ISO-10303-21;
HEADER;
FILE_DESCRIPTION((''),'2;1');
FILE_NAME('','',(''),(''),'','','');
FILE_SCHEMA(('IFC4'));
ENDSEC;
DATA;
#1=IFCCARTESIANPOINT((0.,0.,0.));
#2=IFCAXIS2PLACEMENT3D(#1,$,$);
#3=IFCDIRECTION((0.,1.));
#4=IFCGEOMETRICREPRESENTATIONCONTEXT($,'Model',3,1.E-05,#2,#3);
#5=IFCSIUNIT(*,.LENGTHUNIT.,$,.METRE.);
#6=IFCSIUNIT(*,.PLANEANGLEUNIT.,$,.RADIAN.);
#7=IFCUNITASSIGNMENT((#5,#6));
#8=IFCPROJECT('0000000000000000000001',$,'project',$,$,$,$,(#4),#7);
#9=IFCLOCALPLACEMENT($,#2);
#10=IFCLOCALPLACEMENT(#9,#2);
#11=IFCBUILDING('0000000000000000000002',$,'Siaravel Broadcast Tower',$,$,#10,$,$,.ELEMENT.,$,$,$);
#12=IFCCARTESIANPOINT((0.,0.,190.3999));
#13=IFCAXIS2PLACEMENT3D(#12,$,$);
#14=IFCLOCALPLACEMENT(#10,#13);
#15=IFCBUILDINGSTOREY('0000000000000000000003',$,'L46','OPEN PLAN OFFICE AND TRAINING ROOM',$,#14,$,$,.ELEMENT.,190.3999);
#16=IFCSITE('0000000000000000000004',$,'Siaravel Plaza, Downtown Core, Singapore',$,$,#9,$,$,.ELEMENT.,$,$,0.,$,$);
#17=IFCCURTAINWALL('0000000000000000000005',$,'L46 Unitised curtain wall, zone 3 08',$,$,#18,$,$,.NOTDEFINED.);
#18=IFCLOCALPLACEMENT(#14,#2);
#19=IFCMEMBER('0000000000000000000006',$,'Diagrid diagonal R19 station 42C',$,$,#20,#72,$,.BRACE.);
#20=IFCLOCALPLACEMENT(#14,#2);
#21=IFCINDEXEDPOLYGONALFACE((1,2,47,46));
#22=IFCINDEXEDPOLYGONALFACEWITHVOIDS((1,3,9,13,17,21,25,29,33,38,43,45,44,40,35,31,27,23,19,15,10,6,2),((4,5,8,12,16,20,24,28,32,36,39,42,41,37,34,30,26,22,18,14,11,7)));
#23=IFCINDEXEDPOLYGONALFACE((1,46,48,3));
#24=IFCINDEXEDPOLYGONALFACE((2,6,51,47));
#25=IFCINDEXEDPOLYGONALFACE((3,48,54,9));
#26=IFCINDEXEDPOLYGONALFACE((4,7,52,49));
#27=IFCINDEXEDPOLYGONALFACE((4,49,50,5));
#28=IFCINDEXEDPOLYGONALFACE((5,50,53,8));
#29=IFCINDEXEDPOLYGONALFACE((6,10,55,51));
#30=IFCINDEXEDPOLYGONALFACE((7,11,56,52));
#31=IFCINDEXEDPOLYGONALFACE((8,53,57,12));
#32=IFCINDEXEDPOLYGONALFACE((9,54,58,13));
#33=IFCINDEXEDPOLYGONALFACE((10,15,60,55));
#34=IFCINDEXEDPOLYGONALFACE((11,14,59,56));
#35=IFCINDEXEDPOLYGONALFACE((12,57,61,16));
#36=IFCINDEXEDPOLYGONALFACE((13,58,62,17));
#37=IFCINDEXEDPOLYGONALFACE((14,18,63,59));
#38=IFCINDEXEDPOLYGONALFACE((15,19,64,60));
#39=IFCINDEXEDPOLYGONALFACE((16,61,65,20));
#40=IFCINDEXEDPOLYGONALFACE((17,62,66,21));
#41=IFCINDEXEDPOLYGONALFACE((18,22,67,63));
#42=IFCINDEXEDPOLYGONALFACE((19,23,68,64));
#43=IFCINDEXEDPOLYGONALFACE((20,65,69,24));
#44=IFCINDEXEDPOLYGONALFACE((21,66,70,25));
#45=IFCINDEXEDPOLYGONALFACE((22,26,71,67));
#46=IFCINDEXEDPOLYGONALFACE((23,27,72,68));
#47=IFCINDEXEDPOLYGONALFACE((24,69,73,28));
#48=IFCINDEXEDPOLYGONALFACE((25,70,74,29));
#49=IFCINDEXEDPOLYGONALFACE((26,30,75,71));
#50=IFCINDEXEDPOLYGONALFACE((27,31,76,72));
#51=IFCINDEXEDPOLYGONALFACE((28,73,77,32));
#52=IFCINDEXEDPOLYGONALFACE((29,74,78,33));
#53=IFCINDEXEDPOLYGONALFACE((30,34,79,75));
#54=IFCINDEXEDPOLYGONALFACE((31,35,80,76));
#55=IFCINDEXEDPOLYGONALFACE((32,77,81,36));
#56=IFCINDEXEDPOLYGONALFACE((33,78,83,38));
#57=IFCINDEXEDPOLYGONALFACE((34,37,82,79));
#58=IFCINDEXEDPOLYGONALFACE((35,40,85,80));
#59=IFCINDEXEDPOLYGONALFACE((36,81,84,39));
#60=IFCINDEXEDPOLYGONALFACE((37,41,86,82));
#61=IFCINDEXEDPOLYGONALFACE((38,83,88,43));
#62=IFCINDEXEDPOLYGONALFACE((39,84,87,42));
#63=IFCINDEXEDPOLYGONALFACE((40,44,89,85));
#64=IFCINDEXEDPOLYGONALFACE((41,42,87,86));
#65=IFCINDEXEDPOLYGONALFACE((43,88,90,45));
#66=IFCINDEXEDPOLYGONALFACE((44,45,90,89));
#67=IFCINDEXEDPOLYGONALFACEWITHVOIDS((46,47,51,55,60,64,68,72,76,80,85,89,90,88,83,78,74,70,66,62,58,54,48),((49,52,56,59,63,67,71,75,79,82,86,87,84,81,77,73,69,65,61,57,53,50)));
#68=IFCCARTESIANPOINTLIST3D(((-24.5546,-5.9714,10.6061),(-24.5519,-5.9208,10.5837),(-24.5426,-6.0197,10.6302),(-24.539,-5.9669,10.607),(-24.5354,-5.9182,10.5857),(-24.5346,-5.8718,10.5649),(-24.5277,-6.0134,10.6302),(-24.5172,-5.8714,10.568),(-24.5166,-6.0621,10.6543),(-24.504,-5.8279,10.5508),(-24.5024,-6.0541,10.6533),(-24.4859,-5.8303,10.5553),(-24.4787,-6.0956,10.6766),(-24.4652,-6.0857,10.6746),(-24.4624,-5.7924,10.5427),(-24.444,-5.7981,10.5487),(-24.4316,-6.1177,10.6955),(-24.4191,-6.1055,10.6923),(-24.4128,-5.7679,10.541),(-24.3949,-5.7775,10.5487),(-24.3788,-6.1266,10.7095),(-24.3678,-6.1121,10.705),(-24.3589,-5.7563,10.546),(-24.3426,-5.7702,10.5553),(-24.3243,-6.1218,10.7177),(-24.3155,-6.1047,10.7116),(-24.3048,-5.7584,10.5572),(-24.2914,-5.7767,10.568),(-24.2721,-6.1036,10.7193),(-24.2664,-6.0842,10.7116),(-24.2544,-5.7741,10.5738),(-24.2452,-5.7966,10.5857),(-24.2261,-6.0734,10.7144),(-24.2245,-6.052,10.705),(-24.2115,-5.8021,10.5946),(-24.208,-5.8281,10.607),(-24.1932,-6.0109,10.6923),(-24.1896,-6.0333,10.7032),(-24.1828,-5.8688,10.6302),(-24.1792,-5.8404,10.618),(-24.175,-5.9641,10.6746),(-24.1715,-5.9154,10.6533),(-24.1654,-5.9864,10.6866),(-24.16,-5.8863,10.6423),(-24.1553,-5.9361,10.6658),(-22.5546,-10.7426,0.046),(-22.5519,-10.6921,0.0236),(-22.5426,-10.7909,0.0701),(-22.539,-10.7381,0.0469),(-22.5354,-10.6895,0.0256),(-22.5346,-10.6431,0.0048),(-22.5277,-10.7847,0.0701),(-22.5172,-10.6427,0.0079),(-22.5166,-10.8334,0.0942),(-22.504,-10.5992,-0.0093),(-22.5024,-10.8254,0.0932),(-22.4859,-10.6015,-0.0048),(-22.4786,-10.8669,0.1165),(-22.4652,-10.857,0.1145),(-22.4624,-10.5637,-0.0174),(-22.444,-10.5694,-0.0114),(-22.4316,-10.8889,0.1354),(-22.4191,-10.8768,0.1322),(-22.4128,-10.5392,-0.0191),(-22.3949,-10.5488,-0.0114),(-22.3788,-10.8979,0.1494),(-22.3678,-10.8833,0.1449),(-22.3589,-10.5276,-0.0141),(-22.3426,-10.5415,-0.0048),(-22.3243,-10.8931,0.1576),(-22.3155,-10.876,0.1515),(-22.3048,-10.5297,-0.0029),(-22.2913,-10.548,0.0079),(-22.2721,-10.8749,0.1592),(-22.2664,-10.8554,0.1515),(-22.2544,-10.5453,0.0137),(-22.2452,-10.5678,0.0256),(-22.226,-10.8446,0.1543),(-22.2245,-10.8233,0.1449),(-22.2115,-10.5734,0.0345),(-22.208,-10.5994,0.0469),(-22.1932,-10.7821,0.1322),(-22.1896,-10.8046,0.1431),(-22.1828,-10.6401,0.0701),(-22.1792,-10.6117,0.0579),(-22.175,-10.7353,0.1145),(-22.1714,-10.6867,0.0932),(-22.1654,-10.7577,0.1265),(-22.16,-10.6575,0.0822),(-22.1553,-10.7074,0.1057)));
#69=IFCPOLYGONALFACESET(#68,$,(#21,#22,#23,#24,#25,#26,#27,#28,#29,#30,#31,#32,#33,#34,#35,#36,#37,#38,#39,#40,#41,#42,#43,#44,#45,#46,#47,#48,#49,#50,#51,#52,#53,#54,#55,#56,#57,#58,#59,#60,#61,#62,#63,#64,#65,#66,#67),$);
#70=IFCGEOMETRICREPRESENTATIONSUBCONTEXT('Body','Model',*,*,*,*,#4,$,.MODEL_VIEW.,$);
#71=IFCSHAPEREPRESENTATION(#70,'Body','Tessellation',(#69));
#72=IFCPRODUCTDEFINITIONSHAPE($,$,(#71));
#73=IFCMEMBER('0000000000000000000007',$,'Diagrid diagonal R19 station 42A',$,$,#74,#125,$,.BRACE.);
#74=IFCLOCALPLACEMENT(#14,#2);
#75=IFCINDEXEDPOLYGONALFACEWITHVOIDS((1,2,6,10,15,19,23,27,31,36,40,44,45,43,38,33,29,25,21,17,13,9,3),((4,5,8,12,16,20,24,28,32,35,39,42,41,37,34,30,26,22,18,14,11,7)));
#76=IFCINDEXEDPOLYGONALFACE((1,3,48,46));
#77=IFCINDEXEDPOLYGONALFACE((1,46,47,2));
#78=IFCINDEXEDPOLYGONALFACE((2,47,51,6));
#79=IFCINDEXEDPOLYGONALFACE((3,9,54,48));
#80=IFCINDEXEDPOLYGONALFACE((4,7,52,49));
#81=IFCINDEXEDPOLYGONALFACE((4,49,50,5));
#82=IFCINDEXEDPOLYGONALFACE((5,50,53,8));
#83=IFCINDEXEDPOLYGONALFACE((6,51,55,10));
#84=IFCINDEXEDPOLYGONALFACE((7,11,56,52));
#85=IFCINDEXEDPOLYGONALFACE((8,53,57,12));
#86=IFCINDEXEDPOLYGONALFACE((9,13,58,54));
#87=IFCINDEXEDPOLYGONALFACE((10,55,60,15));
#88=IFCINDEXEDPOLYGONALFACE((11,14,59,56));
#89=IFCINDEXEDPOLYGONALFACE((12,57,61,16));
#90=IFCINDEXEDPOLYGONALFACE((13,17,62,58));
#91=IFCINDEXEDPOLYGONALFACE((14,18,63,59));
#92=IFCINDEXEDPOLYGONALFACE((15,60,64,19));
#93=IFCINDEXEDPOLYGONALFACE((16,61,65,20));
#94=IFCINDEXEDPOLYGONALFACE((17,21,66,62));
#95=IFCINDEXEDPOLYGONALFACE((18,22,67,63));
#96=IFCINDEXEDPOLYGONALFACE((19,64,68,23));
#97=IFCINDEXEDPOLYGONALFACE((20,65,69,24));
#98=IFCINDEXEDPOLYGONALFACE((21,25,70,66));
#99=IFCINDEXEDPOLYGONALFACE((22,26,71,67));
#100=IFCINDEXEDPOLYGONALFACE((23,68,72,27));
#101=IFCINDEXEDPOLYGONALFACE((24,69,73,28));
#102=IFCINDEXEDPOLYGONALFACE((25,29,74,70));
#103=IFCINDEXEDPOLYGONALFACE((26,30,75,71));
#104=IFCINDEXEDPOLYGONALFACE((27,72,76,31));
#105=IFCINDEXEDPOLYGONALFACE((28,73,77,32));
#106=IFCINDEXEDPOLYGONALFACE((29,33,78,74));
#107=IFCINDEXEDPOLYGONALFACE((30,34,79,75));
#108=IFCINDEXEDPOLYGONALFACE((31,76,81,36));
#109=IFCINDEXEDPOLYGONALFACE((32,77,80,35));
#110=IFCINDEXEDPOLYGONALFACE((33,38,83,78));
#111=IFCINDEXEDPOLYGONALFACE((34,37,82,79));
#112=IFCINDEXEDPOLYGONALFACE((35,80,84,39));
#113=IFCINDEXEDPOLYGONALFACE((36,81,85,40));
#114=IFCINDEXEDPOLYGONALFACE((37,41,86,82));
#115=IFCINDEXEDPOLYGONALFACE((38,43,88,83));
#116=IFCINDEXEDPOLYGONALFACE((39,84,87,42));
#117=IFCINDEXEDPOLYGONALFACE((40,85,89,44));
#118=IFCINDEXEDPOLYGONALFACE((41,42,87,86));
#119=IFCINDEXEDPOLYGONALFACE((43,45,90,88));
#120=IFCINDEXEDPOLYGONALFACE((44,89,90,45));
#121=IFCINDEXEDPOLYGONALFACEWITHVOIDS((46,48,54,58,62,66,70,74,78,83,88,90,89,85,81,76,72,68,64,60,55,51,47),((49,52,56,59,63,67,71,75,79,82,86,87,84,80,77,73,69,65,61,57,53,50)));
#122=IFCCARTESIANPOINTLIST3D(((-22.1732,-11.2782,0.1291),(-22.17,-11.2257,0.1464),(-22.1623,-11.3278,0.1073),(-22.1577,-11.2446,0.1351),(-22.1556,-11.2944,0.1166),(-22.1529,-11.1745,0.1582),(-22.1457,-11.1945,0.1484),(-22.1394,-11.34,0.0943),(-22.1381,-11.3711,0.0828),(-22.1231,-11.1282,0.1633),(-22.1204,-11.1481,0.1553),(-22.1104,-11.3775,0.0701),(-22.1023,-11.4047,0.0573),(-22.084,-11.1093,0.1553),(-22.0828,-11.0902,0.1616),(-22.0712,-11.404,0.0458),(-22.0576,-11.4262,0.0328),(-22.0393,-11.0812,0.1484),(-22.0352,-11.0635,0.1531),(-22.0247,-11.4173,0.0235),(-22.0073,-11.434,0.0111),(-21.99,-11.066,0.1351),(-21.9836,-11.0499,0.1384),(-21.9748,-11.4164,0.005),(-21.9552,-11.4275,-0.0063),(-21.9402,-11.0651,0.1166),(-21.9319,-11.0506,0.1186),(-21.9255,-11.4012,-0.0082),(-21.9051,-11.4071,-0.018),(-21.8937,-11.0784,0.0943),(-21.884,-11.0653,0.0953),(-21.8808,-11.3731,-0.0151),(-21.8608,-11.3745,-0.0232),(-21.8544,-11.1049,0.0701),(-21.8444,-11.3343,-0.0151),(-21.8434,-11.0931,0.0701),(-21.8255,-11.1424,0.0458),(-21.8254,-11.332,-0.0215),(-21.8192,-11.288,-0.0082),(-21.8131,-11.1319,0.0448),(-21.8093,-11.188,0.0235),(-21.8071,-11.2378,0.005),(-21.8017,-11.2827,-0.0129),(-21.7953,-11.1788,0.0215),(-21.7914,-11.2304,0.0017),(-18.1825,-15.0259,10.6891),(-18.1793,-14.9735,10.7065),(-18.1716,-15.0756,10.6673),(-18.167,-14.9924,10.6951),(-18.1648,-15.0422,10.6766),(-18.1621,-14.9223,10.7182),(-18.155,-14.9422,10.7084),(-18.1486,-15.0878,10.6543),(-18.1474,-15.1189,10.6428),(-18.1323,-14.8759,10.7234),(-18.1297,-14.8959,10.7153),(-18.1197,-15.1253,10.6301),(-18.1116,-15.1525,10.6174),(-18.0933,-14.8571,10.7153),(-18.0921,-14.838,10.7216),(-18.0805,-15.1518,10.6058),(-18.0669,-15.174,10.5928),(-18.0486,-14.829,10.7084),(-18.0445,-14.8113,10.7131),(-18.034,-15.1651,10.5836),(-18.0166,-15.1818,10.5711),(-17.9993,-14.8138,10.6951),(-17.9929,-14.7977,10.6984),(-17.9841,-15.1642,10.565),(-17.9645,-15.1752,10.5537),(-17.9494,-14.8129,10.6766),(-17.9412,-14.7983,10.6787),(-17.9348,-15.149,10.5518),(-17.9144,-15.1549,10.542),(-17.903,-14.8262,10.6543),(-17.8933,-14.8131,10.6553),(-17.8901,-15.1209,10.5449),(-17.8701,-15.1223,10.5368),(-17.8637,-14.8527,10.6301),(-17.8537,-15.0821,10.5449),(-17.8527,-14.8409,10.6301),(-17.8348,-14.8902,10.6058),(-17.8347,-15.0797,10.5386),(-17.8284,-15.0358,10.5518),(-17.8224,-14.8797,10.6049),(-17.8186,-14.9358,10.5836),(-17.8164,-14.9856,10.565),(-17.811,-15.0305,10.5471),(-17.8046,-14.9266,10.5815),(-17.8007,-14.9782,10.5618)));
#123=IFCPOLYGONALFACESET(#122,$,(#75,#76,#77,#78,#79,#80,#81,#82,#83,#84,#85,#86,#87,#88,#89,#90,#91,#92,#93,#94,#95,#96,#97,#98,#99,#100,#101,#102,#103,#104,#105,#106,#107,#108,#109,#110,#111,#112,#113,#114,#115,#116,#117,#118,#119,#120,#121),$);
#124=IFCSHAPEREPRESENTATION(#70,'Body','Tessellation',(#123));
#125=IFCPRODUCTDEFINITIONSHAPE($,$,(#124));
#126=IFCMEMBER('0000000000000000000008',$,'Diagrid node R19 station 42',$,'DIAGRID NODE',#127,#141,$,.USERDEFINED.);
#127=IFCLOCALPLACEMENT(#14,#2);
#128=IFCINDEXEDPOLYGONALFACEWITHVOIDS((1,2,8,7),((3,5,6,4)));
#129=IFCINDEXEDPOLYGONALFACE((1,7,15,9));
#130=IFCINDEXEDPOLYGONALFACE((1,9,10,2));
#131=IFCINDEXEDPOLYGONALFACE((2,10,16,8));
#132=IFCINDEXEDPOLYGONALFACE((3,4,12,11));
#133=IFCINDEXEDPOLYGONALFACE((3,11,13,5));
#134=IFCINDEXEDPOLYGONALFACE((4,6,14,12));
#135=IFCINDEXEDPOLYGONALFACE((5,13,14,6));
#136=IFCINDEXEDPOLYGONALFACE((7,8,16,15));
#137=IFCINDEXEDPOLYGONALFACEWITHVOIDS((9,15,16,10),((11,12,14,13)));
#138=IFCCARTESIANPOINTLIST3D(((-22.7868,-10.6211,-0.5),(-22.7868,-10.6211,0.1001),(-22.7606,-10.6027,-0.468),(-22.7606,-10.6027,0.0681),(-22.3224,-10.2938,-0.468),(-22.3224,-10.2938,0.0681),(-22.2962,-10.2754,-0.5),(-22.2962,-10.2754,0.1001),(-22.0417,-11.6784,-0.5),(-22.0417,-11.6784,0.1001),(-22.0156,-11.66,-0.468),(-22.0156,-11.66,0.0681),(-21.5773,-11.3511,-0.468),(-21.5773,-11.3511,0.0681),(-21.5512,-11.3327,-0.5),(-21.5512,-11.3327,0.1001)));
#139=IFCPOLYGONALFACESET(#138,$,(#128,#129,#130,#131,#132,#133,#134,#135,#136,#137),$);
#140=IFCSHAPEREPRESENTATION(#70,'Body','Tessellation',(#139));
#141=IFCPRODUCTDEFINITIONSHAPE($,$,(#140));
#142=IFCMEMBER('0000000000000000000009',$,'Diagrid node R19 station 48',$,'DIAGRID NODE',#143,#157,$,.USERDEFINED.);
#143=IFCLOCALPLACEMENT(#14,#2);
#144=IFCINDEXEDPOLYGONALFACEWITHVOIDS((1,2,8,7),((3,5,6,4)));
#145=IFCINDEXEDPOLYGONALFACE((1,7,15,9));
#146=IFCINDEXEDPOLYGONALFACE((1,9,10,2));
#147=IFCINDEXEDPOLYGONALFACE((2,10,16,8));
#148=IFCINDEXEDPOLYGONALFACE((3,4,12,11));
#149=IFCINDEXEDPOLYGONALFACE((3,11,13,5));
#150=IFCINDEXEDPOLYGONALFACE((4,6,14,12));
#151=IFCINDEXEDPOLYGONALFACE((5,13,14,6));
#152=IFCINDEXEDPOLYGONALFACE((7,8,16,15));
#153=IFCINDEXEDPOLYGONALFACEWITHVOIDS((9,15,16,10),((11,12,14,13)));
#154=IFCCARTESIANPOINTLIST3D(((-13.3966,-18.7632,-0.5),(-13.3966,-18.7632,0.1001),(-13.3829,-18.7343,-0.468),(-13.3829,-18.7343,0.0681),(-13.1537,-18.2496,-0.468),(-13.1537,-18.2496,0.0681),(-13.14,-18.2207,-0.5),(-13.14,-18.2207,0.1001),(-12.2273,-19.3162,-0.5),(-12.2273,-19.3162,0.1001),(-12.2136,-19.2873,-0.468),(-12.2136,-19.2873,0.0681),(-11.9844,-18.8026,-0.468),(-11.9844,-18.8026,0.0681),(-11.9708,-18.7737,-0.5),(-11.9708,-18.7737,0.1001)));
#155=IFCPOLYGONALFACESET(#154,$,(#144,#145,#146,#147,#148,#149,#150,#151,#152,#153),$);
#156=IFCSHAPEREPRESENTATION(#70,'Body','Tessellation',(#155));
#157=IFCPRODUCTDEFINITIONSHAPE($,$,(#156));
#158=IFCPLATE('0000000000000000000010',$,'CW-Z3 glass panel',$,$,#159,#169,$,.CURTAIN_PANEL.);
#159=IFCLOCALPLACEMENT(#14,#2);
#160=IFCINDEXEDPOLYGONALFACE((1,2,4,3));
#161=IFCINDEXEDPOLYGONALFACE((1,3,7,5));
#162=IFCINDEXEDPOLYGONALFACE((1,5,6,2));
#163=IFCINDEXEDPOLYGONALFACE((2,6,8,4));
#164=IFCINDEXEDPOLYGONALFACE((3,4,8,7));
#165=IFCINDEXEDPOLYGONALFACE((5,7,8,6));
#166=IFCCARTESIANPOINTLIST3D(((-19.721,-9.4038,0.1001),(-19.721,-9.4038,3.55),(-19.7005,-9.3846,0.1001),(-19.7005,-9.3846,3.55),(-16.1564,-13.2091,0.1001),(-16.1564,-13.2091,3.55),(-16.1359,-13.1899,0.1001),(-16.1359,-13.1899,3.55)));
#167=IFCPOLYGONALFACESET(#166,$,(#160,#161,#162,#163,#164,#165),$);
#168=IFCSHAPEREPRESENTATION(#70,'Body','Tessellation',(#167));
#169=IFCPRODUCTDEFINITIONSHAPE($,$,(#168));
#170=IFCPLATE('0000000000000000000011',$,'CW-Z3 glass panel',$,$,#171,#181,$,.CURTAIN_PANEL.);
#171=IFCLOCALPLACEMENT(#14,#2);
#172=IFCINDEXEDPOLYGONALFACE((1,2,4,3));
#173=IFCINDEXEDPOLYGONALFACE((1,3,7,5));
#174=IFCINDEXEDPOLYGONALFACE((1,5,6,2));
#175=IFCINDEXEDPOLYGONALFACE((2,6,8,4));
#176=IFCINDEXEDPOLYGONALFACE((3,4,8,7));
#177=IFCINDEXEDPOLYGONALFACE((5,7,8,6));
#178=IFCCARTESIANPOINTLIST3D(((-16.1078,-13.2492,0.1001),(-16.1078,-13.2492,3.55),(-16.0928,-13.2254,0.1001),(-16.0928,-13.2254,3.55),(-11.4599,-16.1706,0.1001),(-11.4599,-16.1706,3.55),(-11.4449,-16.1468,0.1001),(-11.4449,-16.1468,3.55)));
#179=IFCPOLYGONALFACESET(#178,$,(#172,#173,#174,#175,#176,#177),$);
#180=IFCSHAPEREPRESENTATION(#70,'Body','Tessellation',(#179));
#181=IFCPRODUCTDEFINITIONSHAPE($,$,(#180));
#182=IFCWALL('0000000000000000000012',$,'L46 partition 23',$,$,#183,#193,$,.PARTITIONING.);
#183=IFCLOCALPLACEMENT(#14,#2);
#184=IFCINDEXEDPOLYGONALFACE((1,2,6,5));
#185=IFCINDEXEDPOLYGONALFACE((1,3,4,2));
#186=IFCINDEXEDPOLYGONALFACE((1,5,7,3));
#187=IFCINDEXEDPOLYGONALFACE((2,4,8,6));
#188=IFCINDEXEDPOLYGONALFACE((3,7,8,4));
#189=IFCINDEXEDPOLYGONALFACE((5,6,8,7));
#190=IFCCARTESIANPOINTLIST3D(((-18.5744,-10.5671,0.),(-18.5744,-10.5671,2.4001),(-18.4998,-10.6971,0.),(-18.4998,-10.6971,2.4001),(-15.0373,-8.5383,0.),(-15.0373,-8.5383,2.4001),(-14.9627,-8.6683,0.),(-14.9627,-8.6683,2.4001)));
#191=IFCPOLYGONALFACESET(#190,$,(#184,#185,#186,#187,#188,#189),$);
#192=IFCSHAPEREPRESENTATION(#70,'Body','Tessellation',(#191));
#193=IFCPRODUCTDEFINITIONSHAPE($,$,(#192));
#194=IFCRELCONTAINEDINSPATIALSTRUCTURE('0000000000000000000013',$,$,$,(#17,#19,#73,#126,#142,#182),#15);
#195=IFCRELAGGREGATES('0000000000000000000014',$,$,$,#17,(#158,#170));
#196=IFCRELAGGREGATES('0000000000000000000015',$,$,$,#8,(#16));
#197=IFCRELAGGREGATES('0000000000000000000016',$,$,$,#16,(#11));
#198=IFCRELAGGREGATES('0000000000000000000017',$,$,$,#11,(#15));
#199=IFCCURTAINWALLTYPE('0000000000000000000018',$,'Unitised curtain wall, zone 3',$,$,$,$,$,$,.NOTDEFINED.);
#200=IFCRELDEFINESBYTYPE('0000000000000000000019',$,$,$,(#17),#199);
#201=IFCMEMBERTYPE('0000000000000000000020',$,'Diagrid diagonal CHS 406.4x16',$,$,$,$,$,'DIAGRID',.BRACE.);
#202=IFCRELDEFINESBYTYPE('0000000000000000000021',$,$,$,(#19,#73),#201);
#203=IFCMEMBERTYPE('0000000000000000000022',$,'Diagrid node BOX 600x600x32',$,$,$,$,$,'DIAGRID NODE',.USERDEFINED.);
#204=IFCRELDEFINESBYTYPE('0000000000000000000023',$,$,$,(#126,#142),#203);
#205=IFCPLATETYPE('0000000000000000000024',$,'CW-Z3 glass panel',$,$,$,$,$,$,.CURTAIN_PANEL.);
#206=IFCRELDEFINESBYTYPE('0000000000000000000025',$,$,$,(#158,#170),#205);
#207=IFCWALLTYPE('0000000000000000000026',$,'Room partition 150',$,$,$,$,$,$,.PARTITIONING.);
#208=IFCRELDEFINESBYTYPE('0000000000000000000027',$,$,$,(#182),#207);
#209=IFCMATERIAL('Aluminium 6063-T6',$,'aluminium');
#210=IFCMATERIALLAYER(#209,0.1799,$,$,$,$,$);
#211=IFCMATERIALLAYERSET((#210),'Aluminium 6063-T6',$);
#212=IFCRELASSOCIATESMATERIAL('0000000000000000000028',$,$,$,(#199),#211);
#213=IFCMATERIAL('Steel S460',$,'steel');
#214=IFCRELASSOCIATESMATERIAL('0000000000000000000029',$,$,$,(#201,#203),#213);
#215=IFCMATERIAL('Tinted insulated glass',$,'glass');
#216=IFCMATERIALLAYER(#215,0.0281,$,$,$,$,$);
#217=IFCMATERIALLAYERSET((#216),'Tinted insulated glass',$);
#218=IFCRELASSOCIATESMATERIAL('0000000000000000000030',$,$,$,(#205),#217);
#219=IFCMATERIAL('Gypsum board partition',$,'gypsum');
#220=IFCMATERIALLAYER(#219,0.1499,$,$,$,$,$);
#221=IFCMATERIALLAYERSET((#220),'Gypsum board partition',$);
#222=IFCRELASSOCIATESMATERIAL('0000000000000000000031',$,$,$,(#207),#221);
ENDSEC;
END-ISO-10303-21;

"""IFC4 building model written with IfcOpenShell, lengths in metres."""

from ifc_helpers import new_model, si_unit, direction, frame, frame_2d, origin, origin_2d, place, context, subcontext, project, spatial, rectangle, hollow_rectangle, hollow_circle, extrude, material, layer, layer_set, material_profile, profile_set, type_object, element, aggregate, save


model = new_model("IFC4")

# Units and contexts
model_context = context("Model", 3, precision=1e-05, world=origin(), true_north=direction((0.0, 1.0)))
body_context = subcontext(model_context, "Body", "Model", "MODEL_VIEW")
ifc_project = project(units=[si_unit("LENGTHUNIT", "METRE"), si_unit("PLANEANGLEUNIT", "RADIAN")], contexts=[model_context])

# Site, building, storey
site_placement = place(None, origin())
site = spatial("IfcSite", under=ifc_project, at=site_placement, Name="Siaravel Plaza, Downtown Core, Singapore", CompositionType="ELEMENT", RefElevation=0.0)
building_placement = place(site_placement, origin())
building = spatial("IfcBuilding", under=site, at=building_placement, Name="Siaravel Broadcast Tower", CompositionType="ELEMENT")
storey_placement = place(building_placement, frame((0.0, 0.0, 190.3999)))
storey = spatial("IfcBuildingStorey", under=building, at=storey_placement, Name="L46", Description="OPEN PLAN OFFICE AND TRAINING ROOM", CompositionType="ELEMENT", Elevation=190.3999)

# Curtain wall
ifc_material_1 = material(Name="Aluminium 6063-T6", Category="aluminium")
ifc_layer_1 = layer(ifc_material_1, 0.1799)
ifc_layer_set_1 = layer_set([ifc_layer_1], Name="Aluminium 6063-T6")
curtain_wall_type = type_object("IfcCurtainWallType", Name="Unitised curtain wall, zone 3", PredefinedType="NOTDEFINED", material=ifc_layer_set_1)
curtain_wall_placement = place(storey_placement, origin())
curtain_wall = element("IfcCurtainWall", 1, at=curtain_wall_placement, inside=storey, type_object=curtain_wall_type, Name="L46 Unitised curtain wall, zone 3 08", PredefinedType="NOTDEFINED")

# Members
ifc_material_2 = material(Name="Steel S460", Category="steel")
ifc_material_profile_1 = material_profile(ifc_material_2, hollow_circle(Radius=0.2031, WallThickness=0.0161, at=origin_2d()))
ifc_profile_set_1 = profile_set([ifc_material_profile_1], Name="Steel S460")
member_type_1 = type_object("IfcMemberType", Name="Diagrid diagonal CHS 406.4x16", ElementType="DIAGRID", PredefinedType="BRACE", material=ifc_profile_set_1)
member_1_placement = place(storey_placement, frame((-22.3552, -10.7124, 0.0701), z_axis=(-0.170079, 0.405744, 0.898023), x_axis=(-0.922252, -0.386588, 0.0)))
element("IfcMember", 2, at=member_1_placement, inside=storey, type_object=member_type_1, Name="Diagrid diagonal R19 station 42C", PredefinedType="BRACE", context=body_context, shape_type="SweptSolid", body=[
    extrude(hollow_circle(Radius=0.2031, WallThickness=0.0161, at=origin_2d()), origin(), (0.0, 0.0, 1.0), 11.7593),
])
member_2_placement = place(storey_placement, frame((-21.9824, -11.2412, 0.0701), z_axis=(0.335501, -0.315079, 0.887786), x_axis=(0.684573, 0.728944, 0.0)))
element("IfcMember", 3, at=member_2_placement, inside=storey, type_object=member_type_1, Name="Diagrid diagonal R19 station 42A", PredefinedType="BRACE", context=body_context, shape_type="SweptSolid", body=[
    extrude(hollow_circle(Radius=0.2031, WallThickness=0.0161, at=origin_2d()), origin(), (0.0, 0.0, 1.0), 11.8948),
])
ifc_material_profile_2 = material_profile(ifc_material_2, hollow_rectangle(XDim=0.6001, YDim=0.6001, WallThickness=0.032, at=origin_2d()))
ifc_profile_set_2 = profile_set([ifc_material_profile_2], Name="Steel S460")
member_type_2 = type_object("IfcMemberType", Name="Diagrid node BOX 600x600x32", ElementType="DIAGRID NODE", PredefinedType="USERDEFINED", material=ifc_profile_set_2)
for number, where, z_axis, x_axis, name in (
    (4, (-22.5415, -10.4482, -0.2), (0.576031, -0.817428, 0.0), (0.817428, 0.576031, 0.0), "Diagrid node R19 station 42"),
    (5, (-13.2683, -18.4919, -0.2), (0.903991, -0.427551, 0.0), (0.427551, 0.903991, 0.0), "Diagrid node R19 station 48"),
):
    element("IfcMember", number, at=place(storey_placement, frame(where, z_axis=z_axis, x_axis=x_axis)), inside=storey, type_object=member_type_2, Name=name, ObjectType="DIAGRID NODE", PredefinedType="USERDEFINED", context=body_context, shape_type="SweptSolid", body=[
        extrude(hollow_rectangle(XDim=0.6001, YDim=0.6001, WallThickness=0.032, at=origin_2d()), origin(), (0.0, 0.0, 1.0), 1.2935),
    ])

# Plates
ifc_material_3 = material(Name="Tinted insulated glass", Category="glass")
ifc_layer_2 = layer(ifc_material_3, 0.0281)
ifc_layer_set_2 = layer_set([ifc_layer_2], Name="Tinted insulated glass")
plate_type = type_object("IfcPlateType", Name="CW-Z3 glass panel", PredefinedType="CURTAIN_PANEL", material=ifc_layer_set_2)
plate_1_placement = place(storey_placement, frame((-17.9285, -11.2969, 0.1001), z_axis=(0.0, 0.0, 1.0), x_axis=(0.683655, -0.729805, 0.0)))
plate_1 = element("IfcPlate", 6, at=plate_1_placement, type_object=plate_type, Name="CW-Z3 glass panel", PredefinedType="CURTAIN_PANEL", context=body_context, shape_type="SweptSolid", body=[
    extrude(rectangle(XDim=5.2141, YDim=0.0281, at=origin_2d()), origin(), (0.0, 0.0, 1.0), 3.45),
])
plate_2_placement = place(storey_placement, frame((-13.7764, -14.698, 0.1001), z_axis=(0.0, 0.0, 1.0), x_axis=(0.846651, -0.532149, 0.0)))
plate_2 = element("IfcPlate", 7, at=plate_2_placement, type_object=plate_type, Name="CW-Z3 glass panel", PredefinedType="CURTAIN_PANEL", context=body_context, shape_type="SweptSolid", body=[
    extrude(rectangle(XDim=5.4897, YDim=0.0281, at=origin_2d()), origin(), (0.0, 0.0, 1.0), 3.45),
])
aggregate(curtain_wall, [plate_1, plate_2])

# Wall
ifc_material_4 = material(Name="Gypsum board partition", Category="gypsum")
ifc_layer_3 = layer(ifc_material_4, 0.1499)
ifc_layer_set_3 = layer_set([ifc_layer_3], Name="Gypsum board partition")
wall_type_1 = type_object("IfcWallType", Name="Room partition 150", PredefinedType="PARTITIONING", material=ifc_layer_set_3)
wall_1_placement = place(storey_placement, frame((-18.5371, -10.6321, 0.0), z_axis=(0.0, 0.0, 1.0), x_axis=(0.867439, 0.497544, 0.0)))
element("IfcWall", 8, at=wall_1_placement, inside=storey, type_object=wall_type_1, Name="L46 partition 23", PredefinedType="PARTITIONING", context=body_context, shape_type="SweptSolid", body=[
    extrude(rectangle(XDim=4.0776, YDim=0.1499, at=frame_2d((2.0388, 0.0))), origin(), (0.0, 0.0, 1.0), 2.4001),
])

save(model, "model.ifc")
